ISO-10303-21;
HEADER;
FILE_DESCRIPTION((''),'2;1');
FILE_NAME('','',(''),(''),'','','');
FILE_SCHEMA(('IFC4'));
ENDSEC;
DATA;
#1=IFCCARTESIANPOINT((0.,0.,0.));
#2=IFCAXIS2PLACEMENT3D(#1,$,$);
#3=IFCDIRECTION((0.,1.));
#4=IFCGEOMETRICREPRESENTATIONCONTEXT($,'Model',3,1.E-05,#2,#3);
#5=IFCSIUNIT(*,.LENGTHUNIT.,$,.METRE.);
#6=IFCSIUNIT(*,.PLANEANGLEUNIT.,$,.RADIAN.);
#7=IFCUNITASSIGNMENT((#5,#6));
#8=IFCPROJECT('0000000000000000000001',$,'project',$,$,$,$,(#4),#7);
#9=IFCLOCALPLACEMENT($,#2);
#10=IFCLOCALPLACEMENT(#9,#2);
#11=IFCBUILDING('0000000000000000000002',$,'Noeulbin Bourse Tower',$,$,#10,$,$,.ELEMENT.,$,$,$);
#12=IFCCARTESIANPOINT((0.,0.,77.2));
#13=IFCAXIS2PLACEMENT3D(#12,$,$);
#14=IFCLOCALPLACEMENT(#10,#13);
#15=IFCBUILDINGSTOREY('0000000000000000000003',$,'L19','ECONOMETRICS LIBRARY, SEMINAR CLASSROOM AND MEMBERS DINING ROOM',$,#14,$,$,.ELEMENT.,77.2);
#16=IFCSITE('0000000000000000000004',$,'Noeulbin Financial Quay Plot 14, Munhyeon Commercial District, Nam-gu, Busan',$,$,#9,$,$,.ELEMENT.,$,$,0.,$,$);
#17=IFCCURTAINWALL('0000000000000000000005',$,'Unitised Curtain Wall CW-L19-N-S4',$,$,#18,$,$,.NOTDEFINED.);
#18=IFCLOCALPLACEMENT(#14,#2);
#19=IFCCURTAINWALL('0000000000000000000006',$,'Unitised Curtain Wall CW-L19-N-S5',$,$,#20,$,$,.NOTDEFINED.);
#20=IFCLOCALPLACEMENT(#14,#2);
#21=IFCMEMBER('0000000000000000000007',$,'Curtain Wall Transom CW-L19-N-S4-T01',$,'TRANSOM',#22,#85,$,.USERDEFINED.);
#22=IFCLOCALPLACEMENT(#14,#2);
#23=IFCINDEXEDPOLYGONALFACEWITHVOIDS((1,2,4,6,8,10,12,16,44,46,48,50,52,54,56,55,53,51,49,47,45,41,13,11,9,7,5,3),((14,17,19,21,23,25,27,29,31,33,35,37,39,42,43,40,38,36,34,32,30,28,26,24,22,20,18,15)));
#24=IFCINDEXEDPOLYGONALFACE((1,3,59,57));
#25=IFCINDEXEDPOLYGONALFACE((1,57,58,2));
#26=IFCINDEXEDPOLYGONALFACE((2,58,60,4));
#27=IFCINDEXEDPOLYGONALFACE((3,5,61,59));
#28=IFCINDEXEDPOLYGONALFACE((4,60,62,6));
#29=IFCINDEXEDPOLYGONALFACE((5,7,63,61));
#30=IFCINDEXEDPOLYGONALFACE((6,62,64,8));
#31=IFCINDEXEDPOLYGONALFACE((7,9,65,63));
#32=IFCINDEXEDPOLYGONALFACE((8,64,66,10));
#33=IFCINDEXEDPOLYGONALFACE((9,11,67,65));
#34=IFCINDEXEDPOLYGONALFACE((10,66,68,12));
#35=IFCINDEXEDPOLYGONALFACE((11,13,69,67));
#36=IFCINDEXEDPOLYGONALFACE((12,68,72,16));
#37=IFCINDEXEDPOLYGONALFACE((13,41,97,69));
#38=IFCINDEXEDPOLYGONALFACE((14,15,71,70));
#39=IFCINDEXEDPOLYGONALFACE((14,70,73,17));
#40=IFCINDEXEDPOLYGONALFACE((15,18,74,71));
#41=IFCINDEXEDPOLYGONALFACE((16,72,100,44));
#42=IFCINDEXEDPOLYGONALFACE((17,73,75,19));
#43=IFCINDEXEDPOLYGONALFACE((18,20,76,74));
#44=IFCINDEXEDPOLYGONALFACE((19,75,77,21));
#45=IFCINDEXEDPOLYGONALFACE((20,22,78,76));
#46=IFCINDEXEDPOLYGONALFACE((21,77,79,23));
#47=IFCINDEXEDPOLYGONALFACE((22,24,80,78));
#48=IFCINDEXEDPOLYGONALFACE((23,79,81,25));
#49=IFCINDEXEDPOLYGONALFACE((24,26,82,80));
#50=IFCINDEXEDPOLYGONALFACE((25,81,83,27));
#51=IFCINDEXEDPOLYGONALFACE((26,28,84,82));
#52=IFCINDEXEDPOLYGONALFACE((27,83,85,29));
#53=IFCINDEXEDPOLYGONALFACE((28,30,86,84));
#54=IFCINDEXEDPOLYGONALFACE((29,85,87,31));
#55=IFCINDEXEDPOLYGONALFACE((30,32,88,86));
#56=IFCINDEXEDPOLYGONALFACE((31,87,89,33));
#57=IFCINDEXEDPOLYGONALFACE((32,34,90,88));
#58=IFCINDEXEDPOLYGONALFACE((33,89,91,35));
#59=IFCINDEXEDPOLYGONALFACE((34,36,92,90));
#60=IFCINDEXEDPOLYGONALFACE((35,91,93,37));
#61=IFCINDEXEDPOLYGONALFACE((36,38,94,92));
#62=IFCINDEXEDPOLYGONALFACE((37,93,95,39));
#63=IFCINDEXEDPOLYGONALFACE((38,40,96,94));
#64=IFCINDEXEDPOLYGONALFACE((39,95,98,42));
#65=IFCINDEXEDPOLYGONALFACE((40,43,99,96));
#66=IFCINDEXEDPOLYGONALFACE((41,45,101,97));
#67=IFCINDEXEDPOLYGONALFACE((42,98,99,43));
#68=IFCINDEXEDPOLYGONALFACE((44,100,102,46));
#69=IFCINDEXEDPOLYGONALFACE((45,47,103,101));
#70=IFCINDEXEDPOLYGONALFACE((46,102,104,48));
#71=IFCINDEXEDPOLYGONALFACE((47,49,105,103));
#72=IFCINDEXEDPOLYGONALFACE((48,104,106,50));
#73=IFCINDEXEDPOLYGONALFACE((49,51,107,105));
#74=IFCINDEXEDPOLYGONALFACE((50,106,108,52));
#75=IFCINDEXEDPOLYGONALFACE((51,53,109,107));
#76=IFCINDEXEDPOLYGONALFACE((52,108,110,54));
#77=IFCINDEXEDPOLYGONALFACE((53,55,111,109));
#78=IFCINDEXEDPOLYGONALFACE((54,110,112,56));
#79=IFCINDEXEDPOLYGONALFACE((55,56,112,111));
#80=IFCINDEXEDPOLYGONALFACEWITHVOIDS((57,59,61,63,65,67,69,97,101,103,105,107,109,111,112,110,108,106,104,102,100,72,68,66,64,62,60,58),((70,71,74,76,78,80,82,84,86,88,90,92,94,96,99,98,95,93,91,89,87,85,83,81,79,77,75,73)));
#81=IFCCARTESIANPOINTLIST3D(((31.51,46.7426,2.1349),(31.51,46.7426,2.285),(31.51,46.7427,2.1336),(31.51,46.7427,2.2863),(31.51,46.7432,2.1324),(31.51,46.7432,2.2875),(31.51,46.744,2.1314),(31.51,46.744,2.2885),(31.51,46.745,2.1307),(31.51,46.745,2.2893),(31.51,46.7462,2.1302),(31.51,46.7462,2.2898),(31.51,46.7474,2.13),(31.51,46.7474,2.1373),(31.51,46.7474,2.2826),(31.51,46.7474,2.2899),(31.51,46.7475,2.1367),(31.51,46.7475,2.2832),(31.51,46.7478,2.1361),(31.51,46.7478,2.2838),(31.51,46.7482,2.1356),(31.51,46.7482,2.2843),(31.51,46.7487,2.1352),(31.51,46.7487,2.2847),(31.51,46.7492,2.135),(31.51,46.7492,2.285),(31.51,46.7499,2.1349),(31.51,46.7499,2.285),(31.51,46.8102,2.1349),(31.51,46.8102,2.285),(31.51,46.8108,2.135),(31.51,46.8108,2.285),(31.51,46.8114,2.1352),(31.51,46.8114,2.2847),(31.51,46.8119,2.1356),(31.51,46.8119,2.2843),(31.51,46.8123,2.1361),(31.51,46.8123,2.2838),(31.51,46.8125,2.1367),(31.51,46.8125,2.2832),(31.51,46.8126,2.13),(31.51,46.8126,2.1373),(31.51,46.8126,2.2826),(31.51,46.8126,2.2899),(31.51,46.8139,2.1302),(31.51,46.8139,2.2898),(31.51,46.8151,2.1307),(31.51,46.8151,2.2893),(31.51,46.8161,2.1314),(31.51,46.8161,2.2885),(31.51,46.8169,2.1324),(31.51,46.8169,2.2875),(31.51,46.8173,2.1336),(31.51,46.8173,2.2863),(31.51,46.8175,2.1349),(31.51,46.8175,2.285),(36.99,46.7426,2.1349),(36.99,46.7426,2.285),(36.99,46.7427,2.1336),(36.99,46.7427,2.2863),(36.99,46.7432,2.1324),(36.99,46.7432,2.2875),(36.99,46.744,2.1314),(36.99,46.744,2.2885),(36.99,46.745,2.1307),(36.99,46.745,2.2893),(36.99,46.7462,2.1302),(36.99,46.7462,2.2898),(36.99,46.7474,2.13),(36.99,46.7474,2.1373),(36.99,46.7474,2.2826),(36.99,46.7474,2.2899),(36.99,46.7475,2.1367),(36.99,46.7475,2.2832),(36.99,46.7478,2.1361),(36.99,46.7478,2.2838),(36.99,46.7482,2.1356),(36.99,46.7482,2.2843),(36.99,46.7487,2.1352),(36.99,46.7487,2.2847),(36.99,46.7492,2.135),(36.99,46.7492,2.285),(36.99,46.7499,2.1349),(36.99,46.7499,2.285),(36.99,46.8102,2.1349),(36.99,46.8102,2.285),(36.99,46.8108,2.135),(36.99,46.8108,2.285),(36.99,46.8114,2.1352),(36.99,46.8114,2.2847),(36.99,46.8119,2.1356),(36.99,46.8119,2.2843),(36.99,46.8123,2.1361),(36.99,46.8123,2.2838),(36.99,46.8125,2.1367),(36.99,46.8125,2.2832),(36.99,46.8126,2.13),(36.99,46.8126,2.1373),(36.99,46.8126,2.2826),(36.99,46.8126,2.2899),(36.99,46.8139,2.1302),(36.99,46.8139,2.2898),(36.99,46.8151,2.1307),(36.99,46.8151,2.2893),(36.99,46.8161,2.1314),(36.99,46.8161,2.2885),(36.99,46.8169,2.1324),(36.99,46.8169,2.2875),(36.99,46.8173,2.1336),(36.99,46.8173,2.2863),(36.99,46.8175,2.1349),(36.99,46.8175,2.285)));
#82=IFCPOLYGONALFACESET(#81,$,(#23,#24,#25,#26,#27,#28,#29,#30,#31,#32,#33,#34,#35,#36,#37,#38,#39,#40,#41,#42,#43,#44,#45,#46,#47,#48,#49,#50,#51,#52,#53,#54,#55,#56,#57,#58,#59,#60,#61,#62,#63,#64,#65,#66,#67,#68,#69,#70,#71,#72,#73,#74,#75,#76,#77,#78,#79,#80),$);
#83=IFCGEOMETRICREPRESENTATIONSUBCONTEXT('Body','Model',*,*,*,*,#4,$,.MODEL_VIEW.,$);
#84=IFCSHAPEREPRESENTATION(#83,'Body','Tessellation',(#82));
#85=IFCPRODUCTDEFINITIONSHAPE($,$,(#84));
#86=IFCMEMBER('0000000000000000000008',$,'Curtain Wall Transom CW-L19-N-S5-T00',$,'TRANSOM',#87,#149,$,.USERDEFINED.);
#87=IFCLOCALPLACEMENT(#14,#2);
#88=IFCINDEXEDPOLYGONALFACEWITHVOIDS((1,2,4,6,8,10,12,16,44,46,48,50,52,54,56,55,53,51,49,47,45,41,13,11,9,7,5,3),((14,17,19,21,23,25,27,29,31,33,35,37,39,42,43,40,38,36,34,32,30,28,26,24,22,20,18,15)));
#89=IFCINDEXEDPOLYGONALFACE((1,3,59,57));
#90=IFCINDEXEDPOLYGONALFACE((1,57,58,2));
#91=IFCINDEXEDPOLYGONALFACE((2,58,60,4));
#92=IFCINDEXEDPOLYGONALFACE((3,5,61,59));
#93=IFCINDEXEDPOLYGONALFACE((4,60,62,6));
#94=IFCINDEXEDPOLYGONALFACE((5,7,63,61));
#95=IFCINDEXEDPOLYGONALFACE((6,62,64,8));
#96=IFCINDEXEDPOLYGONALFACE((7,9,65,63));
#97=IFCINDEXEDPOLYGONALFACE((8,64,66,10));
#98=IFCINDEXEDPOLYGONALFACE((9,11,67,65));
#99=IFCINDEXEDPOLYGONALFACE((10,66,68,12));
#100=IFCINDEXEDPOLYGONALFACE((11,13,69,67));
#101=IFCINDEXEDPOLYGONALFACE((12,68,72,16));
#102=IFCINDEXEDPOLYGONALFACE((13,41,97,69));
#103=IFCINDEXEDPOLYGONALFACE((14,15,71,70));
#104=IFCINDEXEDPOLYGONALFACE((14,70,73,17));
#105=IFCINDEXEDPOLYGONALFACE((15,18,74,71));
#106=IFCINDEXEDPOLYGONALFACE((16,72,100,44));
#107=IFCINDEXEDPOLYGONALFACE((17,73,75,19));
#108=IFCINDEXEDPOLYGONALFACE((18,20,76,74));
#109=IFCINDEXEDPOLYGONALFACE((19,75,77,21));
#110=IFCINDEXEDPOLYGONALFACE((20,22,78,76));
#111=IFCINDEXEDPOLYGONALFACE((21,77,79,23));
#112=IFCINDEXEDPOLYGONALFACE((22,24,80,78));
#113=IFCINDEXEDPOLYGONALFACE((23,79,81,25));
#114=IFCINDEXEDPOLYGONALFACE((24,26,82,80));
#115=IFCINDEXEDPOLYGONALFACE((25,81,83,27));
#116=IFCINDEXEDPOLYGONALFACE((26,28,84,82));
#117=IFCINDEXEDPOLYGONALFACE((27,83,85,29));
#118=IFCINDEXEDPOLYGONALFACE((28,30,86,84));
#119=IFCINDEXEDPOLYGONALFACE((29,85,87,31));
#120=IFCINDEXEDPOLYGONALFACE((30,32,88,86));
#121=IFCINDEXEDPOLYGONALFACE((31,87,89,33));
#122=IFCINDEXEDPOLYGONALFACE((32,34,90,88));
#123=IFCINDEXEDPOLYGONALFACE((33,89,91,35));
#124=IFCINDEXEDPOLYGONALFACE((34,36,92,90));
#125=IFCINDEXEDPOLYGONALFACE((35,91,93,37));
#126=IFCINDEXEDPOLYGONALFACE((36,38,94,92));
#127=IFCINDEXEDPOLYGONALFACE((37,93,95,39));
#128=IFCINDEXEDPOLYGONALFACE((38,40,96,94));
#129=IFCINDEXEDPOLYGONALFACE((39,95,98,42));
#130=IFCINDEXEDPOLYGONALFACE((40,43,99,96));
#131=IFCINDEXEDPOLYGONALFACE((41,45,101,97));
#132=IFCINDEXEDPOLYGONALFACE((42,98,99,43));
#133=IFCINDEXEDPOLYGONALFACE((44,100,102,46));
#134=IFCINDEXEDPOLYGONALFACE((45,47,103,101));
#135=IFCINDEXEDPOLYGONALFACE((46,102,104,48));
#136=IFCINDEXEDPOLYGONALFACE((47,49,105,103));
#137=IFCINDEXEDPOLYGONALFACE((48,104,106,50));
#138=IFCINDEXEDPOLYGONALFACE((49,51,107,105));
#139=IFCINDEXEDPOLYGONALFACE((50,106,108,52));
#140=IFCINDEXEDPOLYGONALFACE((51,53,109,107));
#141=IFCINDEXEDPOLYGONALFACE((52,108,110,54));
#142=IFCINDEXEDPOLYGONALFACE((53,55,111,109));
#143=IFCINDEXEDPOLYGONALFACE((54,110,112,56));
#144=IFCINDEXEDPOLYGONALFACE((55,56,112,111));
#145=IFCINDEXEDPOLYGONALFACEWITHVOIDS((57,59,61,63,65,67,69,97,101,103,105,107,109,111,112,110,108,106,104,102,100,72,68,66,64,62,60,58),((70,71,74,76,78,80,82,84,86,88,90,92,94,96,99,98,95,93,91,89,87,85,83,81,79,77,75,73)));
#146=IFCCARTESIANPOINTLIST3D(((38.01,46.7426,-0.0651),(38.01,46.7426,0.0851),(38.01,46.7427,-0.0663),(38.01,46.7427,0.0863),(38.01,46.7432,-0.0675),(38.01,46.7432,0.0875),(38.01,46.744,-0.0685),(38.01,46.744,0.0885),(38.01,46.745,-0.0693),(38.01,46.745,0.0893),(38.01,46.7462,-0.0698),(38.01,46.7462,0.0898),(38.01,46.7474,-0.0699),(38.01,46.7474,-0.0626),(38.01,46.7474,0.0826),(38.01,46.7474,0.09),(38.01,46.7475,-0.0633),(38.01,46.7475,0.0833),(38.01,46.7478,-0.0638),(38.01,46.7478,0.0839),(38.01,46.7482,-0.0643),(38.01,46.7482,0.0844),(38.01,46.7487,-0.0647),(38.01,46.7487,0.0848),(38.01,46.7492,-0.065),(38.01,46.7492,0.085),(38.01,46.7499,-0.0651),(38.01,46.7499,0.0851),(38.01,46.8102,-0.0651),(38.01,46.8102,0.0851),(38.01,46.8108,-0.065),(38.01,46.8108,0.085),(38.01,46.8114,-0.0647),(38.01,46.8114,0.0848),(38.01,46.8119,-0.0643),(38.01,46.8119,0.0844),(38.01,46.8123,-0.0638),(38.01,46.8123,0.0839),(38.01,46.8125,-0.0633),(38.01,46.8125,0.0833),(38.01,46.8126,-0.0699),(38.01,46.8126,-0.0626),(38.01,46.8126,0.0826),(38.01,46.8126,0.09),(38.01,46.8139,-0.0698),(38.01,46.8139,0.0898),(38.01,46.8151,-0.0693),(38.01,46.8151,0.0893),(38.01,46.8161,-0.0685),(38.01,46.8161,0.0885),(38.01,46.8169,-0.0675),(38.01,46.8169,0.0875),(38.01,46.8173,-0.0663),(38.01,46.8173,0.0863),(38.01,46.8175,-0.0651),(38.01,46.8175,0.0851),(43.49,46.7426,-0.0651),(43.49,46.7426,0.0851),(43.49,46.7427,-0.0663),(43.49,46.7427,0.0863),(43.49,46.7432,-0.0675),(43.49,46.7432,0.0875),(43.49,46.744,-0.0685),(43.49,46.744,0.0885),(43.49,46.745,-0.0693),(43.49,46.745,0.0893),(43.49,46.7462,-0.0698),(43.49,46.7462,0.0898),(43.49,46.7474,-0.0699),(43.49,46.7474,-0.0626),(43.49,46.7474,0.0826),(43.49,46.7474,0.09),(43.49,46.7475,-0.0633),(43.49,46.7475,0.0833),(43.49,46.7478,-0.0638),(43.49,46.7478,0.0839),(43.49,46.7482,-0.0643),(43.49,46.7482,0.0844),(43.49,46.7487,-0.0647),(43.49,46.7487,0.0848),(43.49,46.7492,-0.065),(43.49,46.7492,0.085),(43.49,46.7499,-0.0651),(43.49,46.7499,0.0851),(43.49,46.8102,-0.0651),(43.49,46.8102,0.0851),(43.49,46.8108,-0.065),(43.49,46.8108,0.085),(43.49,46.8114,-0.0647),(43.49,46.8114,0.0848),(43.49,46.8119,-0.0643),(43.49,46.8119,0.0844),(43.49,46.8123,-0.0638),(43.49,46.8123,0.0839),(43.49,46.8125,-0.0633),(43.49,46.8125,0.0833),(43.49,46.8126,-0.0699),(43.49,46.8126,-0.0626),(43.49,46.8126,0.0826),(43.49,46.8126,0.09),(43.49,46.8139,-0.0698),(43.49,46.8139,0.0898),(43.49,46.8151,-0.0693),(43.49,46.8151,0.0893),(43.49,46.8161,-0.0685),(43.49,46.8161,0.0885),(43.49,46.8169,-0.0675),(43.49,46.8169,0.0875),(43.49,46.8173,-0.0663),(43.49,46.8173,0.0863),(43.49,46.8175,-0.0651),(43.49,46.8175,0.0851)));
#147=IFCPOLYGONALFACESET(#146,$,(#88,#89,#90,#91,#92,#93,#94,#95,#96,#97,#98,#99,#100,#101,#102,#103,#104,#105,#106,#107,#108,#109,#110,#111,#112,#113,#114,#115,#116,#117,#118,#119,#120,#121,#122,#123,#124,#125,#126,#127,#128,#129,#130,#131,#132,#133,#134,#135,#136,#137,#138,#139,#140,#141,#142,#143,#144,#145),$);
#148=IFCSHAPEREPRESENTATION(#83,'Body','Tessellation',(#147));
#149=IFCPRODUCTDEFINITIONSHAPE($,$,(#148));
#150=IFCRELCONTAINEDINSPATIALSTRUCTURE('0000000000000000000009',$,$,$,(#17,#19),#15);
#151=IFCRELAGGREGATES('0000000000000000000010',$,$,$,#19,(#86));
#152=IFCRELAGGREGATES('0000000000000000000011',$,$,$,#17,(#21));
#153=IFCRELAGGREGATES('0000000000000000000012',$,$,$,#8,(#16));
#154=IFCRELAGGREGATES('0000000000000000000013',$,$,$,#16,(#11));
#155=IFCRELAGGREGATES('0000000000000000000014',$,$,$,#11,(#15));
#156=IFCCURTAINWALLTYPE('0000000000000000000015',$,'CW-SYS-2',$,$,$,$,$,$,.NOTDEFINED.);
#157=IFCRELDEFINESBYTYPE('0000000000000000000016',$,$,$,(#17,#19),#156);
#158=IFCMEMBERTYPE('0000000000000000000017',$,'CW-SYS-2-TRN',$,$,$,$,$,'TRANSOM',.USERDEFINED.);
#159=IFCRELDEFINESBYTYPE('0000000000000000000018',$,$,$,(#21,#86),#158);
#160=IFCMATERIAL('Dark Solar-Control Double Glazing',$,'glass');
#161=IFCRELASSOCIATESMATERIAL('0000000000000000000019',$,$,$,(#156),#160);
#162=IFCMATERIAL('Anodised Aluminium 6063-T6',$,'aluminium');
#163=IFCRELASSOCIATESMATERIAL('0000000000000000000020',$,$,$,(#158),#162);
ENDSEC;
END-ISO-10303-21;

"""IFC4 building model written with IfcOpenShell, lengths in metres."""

from ifc_helpers import new_model, si_unit, direction, frame, origin, origin_2d, place, context, subcontext, project, spatial, hollow_rectangle, extrude, material, material_profile, profile_set, type_object, element, aggregate, save


model = new_model("IFC4")

# Units and contexts
model_context = context("Model", 3, precision=1e-05, world=origin(), true_north=direction((0.0, 1.0)))
body_context = subcontext(model_context, "Body", "Model", "MODEL_VIEW")
ifc_project = project(units=[si_unit("LENGTHUNIT", "METRE"), si_unit("PLANEANGLEUNIT", "RADIAN")], contexts=[model_context])

# Site, building, storey
site_placement = place(None, origin())
site = spatial("IfcSite", under=ifc_project, at=site_placement, Name="Noeulbin Financial Quay Plot 14, Munhyeon Commercial District, Nam-gu, Busan", CompositionType="ELEMENT", RefElevation=0.0)
building_placement = place(site_placement, origin())
building = spatial("IfcBuilding", under=site, at=building_placement, Name="Noeulbin Bourse Tower", CompositionType="ELEMENT")
storey_placement = place(building_placement, frame((0.0, 0.0, 77.2)))
storey = spatial("IfcBuildingStorey", under=building, at=storey_placement, Name="L19", Description="ECONOMETRICS LIBRARY, SEMINAR CLASSROOM AND MEMBERS DINING ROOM", CompositionType="ELEMENT", Elevation=77.2)

# Shared definitions
ifc_material_1 = material(Name="Dark Solar-Control Double Glazing", Category="glass")
curtain_wall_type = type_object("IfcCurtainWallType", Name="CW-SYS-2", PredefinedType="NOTDEFINED", material=ifc_material_1)
ifc_material_2 = material(Name="Anodised Aluminium 6063-T6", Category="aluminium")

# Curtain wall
curtain_wall_1_placement = place(storey_placement, origin())
curtain_wall_1 = element("IfcCurtainWall", 1, at=curtain_wall_1_placement, inside=storey, type_object=curtain_wall_type, Name="Unitised Curtain Wall CW-L19-N-S4", PredefinedType="NOTDEFINED")

# Curtain wall
curtain_wall_2_placement = place(storey_placement, origin())
curtain_wall_2 = element("IfcCurtainWall", 2, at=curtain_wall_2_placement, inside=storey, type_object=curtain_wall_type, Name="Unitised Curtain Wall CW-L19-N-S5", PredefinedType="NOTDEFINED")

# Members
ifc_material_profile_1 = material_profile(ifc_material_2, hollow_rectangle(XDim=0.075, YDim=0.1599, WallThickness=0.0049, InnerFilletRadius=0.0024, OuterFilletRadius=0.0049, at=origin_2d()), Name="ALU-TRAN-75x160x5", Category="LoadBearing")
ifc_profile_set_1 = profile_set([ifc_material_profile_1], Name="Anodised Aluminium 6063-T6")
member_type_1 = type_object("IfcMemberType", Name="CW-SYS-2-TRN", ElementType="TRANSOM", PredefinedType="USERDEFINED", material=ifc_profile_set_1)
member_1_placement = place(storey_placement, frame((31.51, 46.78, 2.21), z_axis=(1.0, 0.0, 0.0), x_axis=(0.0, 1.0, 0.0)))
member_1 = element("IfcMember", 3, at=member_1_placement, type_object=member_type_1, Name="Curtain Wall Transom CW-L19-N-S4-T01", ObjectType="TRANSOM", PredefinedType="USERDEFINED", context=body_context, shape_type="SweptSolid", body=[
    extrude(hollow_rectangle(XDim=0.075, YDim=0.1599, WallThickness=0.0049, InnerFilletRadius=0.0024, OuterFilletRadius=0.0049, at=origin_2d()), origin(), (0.0, 0.0, 1.0), 5.48),
])
member_2_placement = place(storey_placement, frame((38.01, 46.78, 0.01), z_axis=(1.0, 0.0, 0.0), x_axis=(0.0, 1.0, 0.0)))
member_2 = element("IfcMember", 4, at=member_2_placement, type_object=member_type_1, Name="Curtain Wall Transom CW-L19-N-S5-T00", ObjectType="TRANSOM", PredefinedType="USERDEFINED", context=body_context, shape_type="SweptSolid", body=[
    extrude(hollow_rectangle(XDim=0.075, YDim=0.1599, WallThickness=0.0049, InnerFilletRadius=0.0024, OuterFilletRadius=0.0049, at=origin_2d()), origin(), (0.0, 0.0, 1.0), 5.48),
])
aggregate(curtain_wall_2, [member_2])

aggregate(curtain_wall_1, [member_1])

save(model, "model.ifc")
